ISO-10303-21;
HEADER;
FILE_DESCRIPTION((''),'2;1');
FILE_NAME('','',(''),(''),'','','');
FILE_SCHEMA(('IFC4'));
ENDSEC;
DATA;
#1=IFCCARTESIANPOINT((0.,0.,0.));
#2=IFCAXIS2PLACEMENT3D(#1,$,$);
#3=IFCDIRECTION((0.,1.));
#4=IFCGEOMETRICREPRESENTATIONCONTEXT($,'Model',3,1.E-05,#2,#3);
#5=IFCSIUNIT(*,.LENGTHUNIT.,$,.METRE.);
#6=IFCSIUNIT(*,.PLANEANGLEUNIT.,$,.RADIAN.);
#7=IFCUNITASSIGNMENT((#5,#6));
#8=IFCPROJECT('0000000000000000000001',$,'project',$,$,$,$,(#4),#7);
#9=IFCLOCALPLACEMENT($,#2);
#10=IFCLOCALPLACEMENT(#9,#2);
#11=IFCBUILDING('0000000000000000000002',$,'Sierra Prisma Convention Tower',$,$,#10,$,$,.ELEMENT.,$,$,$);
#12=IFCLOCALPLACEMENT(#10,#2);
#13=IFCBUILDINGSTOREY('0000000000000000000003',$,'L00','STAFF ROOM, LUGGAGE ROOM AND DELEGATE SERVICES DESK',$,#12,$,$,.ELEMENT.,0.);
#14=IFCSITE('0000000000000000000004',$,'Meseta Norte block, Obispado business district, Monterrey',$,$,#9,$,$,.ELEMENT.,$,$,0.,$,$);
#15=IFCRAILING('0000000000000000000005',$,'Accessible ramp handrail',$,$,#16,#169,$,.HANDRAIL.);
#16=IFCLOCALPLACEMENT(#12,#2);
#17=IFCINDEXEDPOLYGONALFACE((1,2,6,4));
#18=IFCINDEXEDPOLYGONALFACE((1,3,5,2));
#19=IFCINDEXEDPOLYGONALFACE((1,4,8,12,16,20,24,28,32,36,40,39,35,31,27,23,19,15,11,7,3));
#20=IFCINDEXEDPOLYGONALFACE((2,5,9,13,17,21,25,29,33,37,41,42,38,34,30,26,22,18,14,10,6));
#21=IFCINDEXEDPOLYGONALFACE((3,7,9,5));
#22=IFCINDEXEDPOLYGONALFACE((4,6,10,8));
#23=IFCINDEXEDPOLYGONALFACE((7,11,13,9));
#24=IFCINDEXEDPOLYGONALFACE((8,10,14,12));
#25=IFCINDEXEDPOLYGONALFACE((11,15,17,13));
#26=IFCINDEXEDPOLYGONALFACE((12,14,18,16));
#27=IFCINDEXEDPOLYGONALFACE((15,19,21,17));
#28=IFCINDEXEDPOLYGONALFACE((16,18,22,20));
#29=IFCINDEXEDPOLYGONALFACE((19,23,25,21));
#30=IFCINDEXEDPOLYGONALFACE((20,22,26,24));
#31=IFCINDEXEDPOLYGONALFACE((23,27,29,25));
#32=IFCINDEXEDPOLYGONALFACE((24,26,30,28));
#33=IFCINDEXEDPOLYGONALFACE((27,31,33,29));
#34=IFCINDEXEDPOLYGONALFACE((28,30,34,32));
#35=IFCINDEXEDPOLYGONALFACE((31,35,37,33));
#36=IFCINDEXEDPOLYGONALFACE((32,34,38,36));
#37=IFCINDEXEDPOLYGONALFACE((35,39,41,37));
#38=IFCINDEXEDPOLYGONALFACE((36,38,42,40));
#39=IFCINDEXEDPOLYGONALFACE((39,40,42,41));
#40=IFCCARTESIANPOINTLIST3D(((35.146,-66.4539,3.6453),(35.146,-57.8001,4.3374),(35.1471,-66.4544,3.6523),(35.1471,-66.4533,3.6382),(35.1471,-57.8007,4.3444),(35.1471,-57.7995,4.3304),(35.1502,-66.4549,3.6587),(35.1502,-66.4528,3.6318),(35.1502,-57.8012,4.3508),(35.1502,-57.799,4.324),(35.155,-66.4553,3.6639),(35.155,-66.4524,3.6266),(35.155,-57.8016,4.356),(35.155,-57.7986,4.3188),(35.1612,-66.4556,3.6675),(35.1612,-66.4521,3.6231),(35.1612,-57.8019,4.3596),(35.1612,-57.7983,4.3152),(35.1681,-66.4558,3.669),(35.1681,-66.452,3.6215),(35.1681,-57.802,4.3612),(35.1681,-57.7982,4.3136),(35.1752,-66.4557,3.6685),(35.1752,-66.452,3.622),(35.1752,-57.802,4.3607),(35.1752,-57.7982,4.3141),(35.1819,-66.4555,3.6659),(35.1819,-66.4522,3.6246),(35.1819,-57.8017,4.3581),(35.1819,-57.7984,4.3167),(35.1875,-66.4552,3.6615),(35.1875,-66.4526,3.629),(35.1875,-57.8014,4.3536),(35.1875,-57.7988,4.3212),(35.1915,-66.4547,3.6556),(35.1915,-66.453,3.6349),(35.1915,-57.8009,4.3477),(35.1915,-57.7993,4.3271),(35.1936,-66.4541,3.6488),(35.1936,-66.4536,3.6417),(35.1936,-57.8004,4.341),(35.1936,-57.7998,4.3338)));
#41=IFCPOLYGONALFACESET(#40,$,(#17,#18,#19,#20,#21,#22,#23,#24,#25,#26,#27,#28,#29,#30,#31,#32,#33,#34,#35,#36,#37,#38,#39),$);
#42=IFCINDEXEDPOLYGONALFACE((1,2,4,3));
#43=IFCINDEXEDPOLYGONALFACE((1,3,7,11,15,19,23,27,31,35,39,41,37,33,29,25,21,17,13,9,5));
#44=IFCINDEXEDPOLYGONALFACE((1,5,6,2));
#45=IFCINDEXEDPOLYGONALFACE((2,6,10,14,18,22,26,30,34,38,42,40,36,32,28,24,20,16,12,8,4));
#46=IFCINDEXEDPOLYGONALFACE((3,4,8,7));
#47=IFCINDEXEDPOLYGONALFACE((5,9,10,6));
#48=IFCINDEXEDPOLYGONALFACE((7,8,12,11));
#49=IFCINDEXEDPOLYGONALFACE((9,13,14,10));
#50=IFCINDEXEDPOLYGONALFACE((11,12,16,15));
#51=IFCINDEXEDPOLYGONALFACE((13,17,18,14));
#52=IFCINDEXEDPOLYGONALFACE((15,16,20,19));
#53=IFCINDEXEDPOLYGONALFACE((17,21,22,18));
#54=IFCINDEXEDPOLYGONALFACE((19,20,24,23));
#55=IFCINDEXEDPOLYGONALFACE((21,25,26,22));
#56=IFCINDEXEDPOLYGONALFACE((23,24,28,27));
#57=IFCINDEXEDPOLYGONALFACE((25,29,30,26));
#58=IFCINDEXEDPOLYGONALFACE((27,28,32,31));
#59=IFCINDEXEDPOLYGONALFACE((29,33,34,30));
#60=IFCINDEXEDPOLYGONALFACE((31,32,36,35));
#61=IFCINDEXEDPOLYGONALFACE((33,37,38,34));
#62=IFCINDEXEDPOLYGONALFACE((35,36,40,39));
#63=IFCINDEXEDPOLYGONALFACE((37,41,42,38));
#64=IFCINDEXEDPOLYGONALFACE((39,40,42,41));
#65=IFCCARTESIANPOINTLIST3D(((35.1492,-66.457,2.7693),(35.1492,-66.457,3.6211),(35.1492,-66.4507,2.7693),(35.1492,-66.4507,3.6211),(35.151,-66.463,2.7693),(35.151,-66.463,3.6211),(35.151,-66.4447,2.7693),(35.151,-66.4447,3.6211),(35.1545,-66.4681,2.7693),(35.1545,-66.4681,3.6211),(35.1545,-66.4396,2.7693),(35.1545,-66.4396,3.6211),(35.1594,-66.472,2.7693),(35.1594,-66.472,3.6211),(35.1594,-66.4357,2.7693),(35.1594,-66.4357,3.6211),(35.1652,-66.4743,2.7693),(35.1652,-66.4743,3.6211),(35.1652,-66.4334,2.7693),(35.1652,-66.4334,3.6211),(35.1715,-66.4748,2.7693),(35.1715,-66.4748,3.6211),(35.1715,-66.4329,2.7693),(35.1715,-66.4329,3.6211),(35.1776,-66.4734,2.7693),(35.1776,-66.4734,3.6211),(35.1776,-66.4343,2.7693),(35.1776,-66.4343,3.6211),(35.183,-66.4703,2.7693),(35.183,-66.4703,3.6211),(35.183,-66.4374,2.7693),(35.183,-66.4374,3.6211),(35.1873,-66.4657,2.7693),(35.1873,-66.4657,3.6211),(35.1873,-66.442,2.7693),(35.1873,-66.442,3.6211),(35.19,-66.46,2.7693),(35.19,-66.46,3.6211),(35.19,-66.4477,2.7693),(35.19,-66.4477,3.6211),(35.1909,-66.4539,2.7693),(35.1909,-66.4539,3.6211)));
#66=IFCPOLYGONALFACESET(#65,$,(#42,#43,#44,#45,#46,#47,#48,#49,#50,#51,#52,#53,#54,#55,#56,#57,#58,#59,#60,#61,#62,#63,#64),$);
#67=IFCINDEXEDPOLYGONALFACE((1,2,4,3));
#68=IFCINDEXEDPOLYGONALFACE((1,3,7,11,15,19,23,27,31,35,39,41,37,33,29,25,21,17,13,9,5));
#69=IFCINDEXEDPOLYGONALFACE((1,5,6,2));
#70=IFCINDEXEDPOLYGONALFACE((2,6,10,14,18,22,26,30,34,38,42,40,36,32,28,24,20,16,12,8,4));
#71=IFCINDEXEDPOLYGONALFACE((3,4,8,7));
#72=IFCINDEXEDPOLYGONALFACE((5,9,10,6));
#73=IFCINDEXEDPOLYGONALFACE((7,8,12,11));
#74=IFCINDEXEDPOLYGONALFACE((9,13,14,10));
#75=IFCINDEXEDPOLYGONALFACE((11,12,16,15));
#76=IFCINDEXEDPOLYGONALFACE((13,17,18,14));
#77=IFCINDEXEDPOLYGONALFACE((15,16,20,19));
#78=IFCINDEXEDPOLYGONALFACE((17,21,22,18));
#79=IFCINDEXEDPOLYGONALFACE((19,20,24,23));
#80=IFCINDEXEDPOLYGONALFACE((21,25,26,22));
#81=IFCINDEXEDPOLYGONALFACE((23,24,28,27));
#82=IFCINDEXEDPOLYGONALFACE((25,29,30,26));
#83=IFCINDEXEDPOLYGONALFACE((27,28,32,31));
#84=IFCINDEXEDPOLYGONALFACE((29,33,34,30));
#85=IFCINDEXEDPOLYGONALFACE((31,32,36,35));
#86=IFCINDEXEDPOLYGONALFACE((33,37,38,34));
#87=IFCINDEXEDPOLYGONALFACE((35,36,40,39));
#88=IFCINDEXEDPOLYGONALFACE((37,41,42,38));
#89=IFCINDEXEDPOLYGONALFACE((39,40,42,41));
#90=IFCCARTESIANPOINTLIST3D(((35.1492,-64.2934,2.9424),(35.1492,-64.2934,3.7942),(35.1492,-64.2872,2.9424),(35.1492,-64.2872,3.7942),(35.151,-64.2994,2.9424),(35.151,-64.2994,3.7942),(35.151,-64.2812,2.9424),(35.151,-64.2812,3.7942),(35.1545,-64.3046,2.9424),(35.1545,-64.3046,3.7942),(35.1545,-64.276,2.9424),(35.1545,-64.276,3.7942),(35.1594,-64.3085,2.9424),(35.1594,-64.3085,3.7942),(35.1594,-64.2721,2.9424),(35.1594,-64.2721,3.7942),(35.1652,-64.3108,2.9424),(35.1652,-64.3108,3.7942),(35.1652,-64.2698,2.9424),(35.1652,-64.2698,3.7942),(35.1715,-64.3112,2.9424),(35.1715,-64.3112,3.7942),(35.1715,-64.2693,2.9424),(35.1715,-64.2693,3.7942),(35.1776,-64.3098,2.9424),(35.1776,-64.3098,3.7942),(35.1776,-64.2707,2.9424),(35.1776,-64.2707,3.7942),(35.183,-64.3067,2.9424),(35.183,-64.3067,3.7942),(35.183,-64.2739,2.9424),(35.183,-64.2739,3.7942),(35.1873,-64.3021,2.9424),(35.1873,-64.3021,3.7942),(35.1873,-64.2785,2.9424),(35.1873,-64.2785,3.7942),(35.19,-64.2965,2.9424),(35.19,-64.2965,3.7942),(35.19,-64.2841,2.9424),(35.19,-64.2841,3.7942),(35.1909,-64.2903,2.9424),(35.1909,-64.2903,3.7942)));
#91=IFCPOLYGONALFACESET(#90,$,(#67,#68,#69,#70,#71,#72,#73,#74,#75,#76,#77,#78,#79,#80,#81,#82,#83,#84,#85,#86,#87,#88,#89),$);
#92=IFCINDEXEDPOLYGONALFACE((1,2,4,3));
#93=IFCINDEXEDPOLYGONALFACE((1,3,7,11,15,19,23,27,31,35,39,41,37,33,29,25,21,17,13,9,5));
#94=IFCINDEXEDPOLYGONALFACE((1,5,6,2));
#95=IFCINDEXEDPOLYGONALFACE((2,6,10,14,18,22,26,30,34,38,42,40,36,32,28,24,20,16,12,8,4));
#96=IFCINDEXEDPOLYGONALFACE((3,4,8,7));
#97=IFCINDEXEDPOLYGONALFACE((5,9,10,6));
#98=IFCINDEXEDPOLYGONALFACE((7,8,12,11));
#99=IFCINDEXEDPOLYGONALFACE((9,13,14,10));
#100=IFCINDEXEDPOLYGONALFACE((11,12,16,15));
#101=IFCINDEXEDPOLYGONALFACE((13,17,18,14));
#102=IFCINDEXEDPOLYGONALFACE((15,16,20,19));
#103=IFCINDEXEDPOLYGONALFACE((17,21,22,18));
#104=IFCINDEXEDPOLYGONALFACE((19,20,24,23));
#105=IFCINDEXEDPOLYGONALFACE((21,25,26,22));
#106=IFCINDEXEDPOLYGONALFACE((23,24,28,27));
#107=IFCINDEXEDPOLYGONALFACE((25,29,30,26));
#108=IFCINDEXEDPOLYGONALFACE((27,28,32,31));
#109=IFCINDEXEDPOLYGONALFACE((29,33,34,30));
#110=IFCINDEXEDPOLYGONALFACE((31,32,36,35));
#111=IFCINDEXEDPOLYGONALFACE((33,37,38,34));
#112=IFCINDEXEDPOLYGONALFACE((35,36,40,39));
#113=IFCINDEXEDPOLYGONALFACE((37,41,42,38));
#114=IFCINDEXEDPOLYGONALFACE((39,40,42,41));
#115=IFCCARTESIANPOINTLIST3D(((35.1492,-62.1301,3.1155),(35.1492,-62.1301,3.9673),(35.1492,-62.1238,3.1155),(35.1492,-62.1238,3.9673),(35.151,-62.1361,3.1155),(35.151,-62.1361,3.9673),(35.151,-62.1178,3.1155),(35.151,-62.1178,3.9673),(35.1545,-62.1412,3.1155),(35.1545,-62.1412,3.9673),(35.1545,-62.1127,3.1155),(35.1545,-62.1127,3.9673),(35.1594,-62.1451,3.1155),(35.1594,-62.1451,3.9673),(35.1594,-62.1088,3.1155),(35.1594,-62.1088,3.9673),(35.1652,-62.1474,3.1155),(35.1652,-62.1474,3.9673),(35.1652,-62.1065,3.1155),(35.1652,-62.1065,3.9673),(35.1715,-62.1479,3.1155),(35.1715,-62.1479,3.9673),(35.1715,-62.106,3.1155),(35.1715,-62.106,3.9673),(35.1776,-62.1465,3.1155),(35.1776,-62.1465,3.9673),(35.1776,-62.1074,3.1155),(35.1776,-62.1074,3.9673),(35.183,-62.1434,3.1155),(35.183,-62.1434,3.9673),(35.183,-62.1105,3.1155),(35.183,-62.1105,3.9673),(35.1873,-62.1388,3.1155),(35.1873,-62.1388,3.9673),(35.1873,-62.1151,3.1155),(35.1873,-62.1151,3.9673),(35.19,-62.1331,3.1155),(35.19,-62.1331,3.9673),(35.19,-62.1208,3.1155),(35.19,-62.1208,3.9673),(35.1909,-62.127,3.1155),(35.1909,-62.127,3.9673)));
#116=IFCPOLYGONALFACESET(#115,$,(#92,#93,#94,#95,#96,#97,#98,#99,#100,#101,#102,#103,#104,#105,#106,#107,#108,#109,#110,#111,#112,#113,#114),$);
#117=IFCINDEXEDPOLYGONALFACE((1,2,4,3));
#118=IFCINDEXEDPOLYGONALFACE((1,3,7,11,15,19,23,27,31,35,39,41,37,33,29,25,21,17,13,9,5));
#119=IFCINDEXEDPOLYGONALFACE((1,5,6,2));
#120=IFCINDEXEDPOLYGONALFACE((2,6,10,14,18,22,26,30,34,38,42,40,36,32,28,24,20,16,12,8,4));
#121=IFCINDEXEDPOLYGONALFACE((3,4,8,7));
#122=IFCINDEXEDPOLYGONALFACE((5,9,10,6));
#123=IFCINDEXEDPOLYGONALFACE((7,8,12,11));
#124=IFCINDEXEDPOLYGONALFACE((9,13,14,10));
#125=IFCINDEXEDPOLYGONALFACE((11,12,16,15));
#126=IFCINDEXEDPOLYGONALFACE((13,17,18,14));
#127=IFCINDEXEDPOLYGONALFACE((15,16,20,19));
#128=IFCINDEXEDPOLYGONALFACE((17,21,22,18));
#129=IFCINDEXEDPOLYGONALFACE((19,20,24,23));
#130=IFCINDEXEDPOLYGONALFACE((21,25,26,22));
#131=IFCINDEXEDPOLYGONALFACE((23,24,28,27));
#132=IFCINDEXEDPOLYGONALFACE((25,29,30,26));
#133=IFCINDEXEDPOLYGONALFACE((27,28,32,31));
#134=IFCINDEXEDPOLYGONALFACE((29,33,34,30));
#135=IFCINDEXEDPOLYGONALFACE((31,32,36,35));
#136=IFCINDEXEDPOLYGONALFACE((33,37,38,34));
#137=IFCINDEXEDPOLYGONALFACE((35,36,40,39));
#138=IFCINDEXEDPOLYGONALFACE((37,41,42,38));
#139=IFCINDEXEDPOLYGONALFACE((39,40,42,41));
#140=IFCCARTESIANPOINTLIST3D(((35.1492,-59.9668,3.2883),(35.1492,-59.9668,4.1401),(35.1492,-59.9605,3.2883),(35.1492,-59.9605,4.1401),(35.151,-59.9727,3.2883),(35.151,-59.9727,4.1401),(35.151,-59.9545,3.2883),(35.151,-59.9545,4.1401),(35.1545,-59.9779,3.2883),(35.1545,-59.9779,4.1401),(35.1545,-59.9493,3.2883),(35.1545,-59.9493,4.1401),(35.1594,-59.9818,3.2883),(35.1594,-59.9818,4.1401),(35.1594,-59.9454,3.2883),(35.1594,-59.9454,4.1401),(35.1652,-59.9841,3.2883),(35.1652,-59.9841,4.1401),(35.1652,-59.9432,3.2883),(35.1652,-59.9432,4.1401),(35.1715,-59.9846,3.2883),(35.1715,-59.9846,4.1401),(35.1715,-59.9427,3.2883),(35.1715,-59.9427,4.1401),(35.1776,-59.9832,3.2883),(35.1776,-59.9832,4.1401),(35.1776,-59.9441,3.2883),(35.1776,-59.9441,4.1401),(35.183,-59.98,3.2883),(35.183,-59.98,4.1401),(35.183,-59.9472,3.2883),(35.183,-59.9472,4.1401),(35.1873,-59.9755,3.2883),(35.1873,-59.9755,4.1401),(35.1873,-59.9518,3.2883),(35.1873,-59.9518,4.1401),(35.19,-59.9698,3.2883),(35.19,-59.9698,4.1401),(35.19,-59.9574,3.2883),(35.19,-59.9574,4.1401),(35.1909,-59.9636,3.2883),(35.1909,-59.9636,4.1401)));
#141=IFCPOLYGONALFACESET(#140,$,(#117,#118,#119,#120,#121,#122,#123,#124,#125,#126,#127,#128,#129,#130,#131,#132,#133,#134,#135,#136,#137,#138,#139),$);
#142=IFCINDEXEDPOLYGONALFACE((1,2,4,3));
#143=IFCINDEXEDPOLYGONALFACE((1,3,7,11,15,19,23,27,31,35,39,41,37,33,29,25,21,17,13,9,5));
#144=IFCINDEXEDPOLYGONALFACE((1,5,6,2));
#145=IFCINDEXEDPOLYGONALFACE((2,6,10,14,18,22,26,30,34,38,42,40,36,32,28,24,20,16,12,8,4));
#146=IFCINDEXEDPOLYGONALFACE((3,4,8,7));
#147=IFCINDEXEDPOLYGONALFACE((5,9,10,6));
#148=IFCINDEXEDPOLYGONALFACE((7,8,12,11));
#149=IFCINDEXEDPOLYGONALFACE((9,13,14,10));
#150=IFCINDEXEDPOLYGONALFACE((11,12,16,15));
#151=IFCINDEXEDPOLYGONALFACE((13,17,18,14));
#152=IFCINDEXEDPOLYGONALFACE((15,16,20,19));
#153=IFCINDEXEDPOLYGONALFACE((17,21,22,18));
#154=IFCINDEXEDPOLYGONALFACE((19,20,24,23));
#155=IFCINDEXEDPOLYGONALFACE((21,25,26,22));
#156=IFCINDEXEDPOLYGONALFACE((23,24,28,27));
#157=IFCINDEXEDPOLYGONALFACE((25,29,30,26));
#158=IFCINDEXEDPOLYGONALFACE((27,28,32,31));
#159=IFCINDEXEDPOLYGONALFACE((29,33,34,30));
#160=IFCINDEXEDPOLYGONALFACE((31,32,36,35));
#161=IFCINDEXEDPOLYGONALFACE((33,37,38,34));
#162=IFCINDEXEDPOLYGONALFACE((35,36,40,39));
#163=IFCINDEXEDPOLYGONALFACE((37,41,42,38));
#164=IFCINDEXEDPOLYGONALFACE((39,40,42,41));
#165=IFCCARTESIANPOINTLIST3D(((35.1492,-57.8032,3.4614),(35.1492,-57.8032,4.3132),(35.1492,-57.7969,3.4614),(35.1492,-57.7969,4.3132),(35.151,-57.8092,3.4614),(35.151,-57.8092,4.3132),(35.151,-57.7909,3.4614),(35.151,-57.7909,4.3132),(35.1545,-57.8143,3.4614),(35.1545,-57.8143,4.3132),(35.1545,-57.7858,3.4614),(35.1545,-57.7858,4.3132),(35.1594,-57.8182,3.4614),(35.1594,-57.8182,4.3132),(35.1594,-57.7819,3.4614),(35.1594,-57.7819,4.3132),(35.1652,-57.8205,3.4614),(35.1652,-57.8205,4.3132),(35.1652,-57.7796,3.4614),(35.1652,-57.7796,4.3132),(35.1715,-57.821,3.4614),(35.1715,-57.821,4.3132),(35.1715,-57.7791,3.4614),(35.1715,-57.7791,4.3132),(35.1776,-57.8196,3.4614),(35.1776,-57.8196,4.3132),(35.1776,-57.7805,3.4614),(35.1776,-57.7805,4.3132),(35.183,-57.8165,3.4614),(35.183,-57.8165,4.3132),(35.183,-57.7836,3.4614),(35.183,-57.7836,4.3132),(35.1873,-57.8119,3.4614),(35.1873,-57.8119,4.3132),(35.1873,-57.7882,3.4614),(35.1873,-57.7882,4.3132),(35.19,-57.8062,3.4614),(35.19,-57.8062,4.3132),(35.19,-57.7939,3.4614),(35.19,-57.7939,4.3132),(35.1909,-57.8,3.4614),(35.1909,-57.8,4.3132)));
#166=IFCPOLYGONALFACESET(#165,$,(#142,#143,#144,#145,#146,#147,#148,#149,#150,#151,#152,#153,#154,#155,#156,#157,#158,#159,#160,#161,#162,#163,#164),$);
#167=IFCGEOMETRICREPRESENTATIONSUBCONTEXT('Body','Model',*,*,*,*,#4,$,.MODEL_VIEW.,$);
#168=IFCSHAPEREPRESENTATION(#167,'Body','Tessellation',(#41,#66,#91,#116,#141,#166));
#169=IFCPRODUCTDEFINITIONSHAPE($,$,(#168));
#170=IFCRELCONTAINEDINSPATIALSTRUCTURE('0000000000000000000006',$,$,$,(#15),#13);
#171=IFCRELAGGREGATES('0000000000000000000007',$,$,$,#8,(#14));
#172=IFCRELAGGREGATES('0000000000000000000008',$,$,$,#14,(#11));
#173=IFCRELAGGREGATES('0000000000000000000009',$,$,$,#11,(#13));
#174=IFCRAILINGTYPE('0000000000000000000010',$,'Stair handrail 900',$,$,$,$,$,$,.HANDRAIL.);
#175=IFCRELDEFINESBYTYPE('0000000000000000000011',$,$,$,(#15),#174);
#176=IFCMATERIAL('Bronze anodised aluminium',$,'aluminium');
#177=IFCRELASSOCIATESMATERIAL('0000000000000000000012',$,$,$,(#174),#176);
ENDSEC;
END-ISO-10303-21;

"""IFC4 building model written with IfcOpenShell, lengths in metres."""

from ifc_helpers import new_model, si_unit, direction, frame, origin, origin_2d, place, context, subcontext, project, spatial, circle, extrude, material, type_object, element, save


model = new_model("IFC4")

# Units and contexts
model_context = context("Model", 3, precision=1e-05, world=origin(), true_north=direction((0.0, 1.0)))
body_context = subcontext(model_context, "Body", "Model", "MODEL_VIEW")
ifc_project = project(units=[si_unit("LENGTHUNIT", "METRE"), si_unit("PLANEANGLEUNIT", "RADIAN")], contexts=[model_context])

# Site, building, storey
site_placement = place(None, origin())
site = spatial("IfcSite", under=ifc_project, at=site_placement, Name="Meseta Norte block, Obispado business district, Monterrey", CompositionType="ELEMENT", RefElevation=0.0)
building_placement = place(site_placement, origin())
building = spatial("IfcBuilding", under=site, at=building_placement, Name="Sierra Prisma Convention Tower", CompositionType="ELEMENT")
storey_placement = place(building_placement, origin())
storey = spatial("IfcBuildingStorey", under=building, at=storey_placement, Name="L00", Description="STAFF ROOM, LUGGAGE ROOM AND DELEGATE SERVICES DESK", CompositionType="ELEMENT", Elevation=0.0)

# Railing
ifc_material_1 = material(Name="Bronze anodised aluminium", Category="aluminium")
railing_type_1 = type_object("IfcRailingType", Name="Stair handrail 900", PredefinedType="HANDRAIL", material=ifc_material_1)
for number, where, name in (
    (1, (35.1699, -66.4539, 2.7693), "Accessible ramp handrail"),
):
    element("IfcRailing", number, at=place(storey_placement, frame(where)), inside=storey, type_object=railing_type_1, Name=name, PredefinedType="HANDRAIL", context=body_context, shape_type="SweptSolid", body=[
        extrude(circle(Radius=0.0239, at=origin_2d()), frame((0.0, 0.0, 0.876), z_axis=(0.0, 0.996817, 0.079726), x_axis=(-1.0, 0.0, 0.0)), (0.0, 0.0, 1.0), 8.6814),
        extrude(circle(Radius=0.021, at=origin_2d()), origin(), (0.0, 0.0, 1.0), 0.8518),
        extrude(circle(Radius=0.021, at=origin_2d()), frame((0.0, 2.1636, 0.1731)), (0.0, 0.0, 1.0), 0.8518),
        extrude(circle(Radius=0.021, at=origin_2d()), frame((0.0, 4.3269, 0.3462)), (0.0, 0.0, 1.0), 0.8518),
        extrude(circle(Radius=0.021, at=origin_2d()), frame((0.0, 6.4902, 0.519)), (0.0, 0.0, 1.0), 0.8518),
        extrude(circle(Radius=0.021, at=origin_2d()), frame((0.0, 8.6538, 0.6921)), (0.0, 0.0, 1.0), 0.8518),
    ])

save(model, "model.ifc")
